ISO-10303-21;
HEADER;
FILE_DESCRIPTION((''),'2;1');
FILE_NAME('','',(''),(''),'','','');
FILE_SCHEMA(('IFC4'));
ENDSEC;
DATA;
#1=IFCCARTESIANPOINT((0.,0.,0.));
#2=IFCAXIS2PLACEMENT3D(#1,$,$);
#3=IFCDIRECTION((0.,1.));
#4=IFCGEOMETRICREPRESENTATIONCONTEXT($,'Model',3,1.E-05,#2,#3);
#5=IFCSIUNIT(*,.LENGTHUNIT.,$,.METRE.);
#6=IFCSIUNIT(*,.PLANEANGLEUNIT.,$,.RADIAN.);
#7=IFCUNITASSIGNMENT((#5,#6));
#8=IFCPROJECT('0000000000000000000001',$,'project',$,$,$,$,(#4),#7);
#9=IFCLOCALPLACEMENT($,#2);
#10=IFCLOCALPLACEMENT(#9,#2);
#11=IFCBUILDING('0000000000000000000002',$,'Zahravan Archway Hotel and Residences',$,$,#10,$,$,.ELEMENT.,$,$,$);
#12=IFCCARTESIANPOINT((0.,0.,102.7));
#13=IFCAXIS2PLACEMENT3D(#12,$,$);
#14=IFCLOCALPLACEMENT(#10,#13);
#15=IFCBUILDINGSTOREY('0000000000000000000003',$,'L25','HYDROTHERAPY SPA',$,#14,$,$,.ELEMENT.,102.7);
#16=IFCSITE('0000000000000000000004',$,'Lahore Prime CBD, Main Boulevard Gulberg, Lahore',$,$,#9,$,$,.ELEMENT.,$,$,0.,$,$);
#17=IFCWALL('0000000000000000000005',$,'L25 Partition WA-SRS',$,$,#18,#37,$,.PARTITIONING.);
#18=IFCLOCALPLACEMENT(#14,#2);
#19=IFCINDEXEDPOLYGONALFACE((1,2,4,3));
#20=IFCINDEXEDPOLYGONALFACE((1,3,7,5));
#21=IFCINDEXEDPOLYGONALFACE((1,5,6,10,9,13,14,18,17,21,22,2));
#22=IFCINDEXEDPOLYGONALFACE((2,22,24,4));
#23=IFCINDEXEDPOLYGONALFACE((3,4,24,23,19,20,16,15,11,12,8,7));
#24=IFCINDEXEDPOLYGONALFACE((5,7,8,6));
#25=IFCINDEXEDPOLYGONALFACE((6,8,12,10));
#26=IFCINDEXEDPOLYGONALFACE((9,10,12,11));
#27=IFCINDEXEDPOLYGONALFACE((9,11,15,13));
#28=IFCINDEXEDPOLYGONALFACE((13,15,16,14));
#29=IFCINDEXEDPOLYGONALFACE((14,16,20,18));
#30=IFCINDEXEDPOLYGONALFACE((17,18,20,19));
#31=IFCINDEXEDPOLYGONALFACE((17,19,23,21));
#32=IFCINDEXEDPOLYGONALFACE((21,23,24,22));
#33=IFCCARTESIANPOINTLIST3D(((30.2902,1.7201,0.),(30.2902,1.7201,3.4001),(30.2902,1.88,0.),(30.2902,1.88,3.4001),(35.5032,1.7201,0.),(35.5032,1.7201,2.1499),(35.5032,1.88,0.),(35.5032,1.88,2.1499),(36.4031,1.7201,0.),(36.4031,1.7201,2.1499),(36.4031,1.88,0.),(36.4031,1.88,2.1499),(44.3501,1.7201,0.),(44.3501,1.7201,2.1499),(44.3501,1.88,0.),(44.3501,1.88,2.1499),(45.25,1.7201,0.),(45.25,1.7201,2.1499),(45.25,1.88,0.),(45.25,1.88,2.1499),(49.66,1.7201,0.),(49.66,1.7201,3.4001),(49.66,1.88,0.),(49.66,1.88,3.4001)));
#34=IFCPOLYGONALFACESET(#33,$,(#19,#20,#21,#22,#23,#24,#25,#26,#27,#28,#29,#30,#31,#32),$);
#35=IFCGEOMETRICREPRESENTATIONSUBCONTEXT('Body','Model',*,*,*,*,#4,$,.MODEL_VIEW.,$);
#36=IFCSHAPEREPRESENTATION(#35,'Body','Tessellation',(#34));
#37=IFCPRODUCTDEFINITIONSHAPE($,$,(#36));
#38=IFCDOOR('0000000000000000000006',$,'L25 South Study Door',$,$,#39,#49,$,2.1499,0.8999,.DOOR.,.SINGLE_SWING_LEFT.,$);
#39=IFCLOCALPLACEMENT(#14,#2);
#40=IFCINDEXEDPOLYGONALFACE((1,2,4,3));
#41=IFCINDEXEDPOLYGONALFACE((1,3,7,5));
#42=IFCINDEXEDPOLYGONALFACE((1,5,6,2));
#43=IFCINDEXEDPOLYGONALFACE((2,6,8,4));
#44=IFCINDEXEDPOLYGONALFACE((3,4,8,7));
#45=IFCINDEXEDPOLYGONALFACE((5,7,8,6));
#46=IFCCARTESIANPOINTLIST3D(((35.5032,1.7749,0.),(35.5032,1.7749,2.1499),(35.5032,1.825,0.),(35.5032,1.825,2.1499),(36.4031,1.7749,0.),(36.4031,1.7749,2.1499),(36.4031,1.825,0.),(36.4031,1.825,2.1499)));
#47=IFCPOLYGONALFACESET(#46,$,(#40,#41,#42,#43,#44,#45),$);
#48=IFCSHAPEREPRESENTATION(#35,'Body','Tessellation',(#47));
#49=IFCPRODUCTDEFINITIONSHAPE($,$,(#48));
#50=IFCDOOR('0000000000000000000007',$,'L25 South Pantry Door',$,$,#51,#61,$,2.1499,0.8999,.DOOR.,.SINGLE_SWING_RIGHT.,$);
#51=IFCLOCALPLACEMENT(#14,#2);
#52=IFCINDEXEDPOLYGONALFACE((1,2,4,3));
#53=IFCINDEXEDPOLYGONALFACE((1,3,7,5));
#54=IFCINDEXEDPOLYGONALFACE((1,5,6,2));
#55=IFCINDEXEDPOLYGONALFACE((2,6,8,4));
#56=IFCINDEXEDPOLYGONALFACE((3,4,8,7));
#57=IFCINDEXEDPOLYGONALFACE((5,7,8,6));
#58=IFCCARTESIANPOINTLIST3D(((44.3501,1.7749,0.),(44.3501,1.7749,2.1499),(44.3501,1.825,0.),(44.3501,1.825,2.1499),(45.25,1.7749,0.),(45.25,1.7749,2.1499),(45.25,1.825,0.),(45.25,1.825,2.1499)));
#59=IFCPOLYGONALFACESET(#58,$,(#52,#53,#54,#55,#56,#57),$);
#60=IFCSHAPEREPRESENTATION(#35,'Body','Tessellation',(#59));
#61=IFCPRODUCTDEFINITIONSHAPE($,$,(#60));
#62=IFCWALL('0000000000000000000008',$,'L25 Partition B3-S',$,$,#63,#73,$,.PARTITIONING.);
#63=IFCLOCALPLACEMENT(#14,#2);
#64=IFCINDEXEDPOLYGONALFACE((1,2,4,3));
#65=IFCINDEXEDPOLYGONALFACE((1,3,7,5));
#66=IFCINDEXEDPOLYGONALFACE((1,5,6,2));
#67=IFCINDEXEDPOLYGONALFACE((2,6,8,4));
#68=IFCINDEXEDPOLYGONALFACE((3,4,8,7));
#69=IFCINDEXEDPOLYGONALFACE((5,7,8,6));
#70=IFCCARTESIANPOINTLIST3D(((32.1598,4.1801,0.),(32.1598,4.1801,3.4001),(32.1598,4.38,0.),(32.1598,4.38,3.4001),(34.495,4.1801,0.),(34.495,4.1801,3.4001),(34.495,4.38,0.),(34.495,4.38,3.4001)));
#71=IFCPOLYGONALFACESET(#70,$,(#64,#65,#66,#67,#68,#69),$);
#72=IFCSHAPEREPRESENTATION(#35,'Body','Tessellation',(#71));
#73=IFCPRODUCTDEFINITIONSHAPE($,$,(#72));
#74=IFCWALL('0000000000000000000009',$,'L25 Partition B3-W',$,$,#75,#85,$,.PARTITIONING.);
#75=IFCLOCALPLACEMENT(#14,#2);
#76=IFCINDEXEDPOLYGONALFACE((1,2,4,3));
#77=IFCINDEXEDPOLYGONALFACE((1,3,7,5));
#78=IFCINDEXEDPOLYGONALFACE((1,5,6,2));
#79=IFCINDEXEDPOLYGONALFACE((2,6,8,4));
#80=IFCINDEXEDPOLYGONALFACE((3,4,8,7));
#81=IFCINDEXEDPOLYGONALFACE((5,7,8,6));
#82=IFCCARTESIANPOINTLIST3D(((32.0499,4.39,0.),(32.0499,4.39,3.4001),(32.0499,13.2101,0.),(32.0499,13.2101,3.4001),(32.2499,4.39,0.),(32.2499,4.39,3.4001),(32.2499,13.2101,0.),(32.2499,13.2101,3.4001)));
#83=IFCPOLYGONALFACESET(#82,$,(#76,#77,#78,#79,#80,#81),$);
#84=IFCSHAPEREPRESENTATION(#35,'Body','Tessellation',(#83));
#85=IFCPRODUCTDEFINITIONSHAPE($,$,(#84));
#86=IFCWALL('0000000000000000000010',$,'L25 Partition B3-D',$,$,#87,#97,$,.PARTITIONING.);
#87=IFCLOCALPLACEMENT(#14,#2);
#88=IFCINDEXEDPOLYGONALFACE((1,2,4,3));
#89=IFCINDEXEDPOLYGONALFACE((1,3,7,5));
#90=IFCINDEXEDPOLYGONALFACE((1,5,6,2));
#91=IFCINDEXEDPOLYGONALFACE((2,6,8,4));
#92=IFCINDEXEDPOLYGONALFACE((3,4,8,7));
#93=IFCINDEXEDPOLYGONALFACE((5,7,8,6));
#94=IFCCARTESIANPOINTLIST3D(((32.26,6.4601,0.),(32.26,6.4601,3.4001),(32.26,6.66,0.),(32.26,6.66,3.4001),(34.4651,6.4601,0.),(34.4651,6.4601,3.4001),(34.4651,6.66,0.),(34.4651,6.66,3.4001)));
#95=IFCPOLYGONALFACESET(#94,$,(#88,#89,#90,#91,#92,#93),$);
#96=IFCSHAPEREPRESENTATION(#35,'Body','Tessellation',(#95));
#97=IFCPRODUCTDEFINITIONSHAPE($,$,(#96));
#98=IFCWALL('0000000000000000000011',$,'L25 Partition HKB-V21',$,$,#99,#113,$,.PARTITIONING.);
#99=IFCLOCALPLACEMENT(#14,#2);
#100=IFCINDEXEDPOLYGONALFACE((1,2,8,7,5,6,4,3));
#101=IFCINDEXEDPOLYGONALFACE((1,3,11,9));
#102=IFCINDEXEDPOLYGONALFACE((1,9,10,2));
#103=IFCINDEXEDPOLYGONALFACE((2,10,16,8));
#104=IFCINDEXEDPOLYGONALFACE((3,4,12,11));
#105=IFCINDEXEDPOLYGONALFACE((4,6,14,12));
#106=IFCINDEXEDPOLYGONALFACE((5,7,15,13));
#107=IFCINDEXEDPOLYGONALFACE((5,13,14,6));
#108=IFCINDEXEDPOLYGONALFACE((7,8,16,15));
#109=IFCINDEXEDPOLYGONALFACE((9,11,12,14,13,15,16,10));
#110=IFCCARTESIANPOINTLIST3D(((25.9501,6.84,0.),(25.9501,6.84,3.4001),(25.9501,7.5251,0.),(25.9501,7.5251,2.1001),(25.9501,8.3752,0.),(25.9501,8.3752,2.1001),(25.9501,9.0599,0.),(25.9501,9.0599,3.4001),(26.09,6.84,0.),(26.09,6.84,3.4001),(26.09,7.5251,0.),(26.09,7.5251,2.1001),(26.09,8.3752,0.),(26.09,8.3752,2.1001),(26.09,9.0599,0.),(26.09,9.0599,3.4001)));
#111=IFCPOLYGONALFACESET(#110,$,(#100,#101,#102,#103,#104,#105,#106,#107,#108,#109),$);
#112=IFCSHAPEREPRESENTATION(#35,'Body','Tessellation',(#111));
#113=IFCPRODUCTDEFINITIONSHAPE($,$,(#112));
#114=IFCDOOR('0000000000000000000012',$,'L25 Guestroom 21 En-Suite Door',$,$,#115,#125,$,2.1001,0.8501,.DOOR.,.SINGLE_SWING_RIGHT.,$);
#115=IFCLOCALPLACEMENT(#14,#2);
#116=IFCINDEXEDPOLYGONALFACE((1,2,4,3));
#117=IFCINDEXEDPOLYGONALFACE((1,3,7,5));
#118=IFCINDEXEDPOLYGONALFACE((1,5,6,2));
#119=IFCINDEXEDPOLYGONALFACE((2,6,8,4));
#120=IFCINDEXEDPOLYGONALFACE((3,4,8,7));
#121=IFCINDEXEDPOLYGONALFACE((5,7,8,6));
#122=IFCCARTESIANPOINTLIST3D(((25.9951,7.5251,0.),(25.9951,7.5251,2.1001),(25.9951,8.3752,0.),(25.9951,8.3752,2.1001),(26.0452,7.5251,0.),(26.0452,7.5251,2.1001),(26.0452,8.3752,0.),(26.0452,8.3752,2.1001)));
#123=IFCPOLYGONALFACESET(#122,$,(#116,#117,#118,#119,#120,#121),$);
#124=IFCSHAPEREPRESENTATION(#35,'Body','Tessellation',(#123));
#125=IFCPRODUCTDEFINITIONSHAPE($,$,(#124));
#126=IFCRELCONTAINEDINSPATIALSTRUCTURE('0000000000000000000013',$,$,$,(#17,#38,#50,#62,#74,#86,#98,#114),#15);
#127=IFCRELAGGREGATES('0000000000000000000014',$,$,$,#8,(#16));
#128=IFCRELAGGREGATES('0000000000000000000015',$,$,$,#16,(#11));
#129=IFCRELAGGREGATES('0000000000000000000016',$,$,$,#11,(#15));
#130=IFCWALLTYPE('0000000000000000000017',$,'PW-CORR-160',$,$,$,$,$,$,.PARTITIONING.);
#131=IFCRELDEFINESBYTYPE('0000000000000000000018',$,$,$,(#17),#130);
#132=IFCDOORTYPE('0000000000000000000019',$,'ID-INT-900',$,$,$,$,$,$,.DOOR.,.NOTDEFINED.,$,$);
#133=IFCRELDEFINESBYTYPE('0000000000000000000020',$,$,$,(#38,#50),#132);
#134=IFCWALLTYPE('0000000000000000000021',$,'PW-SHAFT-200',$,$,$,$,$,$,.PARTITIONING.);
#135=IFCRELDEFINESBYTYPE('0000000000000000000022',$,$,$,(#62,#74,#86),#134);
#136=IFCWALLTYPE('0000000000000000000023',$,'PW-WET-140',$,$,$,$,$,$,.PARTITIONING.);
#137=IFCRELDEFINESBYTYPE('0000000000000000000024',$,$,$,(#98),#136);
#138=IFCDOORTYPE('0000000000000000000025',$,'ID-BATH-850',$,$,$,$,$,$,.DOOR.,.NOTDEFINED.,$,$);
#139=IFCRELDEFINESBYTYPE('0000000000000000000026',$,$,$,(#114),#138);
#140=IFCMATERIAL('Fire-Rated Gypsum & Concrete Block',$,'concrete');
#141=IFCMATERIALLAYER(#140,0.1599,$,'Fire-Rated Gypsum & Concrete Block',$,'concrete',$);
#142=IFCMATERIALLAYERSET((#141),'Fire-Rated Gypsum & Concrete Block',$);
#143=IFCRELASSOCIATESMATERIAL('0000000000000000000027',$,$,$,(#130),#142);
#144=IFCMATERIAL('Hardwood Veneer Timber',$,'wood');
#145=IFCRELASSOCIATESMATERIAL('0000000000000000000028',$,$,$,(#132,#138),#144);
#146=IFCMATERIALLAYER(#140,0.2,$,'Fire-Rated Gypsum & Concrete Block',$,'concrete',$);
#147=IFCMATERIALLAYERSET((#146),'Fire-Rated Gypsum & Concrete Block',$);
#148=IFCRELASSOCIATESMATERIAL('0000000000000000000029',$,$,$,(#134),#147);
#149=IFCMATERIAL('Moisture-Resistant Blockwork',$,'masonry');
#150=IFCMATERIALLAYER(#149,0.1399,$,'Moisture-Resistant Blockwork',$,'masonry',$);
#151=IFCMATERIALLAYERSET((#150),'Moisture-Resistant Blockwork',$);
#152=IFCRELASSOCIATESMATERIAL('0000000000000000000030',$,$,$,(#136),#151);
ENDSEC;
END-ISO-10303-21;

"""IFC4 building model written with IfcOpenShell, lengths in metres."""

from ifc_helpers import new_model, si_unit, direction, frame, frame_2d, origin, place, context, subcontext, project, spatial, rectangle, extrude, source, transform, mapped, material, layer, layer_set, type_object, type_shapes, element, fill, save


model = new_model("IFC4")

# Units and contexts
model_context = context("Model", 3, precision=1e-05, world=origin(), true_north=direction((0.0, 1.0)))
body_context = subcontext(model_context, "Body", "Model", "MODEL_VIEW")
ifc_project = project(units=[si_unit("LENGTHUNIT", "METRE"), si_unit("PLANEANGLEUNIT", "RADIAN")], contexts=[model_context])

# Site, building, storey
site_placement = place(None, origin())
site = spatial("IfcSite", under=ifc_project, at=site_placement, Name="Lahore Prime CBD, Main Boulevard Gulberg, Lahore", CompositionType="ELEMENT", RefElevation=0.0)
building_placement = place(site_placement, origin())
building = spatial("IfcBuilding", under=site, at=building_placement, Name="Zahravan Archway Hotel and Residences", CompositionType="ELEMENT")
storey_placement = place(building_placement, frame((0.0, 0.0, 102.7)))
storey = spatial("IfcBuildingStorey", under=building, at=storey_placement, Name="L25", Description="HYDROTHERAPY SPA", CompositionType="ELEMENT", Elevation=102.7)

# Shared definitions
ifc_material_1 = material(Name="Fire-Rated Gypsum & Concrete Block", Category="concrete")
ifc_layer_1 = layer(ifc_material_1, 0.1599, Name="Fire-Rated Gypsum & Concrete Block", Category="concrete")
ifc_layer_set_1 = layer_set([ifc_layer_1], Name="Fire-Rated Gypsum & Concrete Block")
wall_type_1 = type_object("IfcWallType", Name="PW-CORR-160", PredefinedType="PARTITIONING", material=ifc_layer_set_1)

# Wall, openings, doors
wall_1_placement = place(storey_placement, frame((30.29, 1.8, 0.0), z_axis=(0.0, 0.0, 1.0), x_axis=(1.0, 0.0, 0.0)))
wall_1 = element("IfcWall", 1, at=wall_1_placement, inside=storey, type_object=wall_type_1, Name="L25 Partition WA-SRS", PredefinedType="PARTITIONING", context=body_context, shape_type="SweptSolid", body=[
    extrude(rectangle(XDim=19.3699, YDim=0.1599, at=frame_2d((9.6851, 0.0))), origin(), (0.0, 0.0, 1.0), 3.4001),
])
opening_1_placement = place(wall_1_placement, frame((5.2131, 0.0, 0.0)))
opening_1 = element("IfcOpeningElement", 2, at=opening_1_placement, cuts=wall_1, PredefinedType="OPENING", context=body_context, shape_type="SweptSolid", body=[
    extrude(rectangle(XDim=0.8999, YDim=2.1499, at=frame_2d((0.45, 1.075))), frame((0.0, 0.0898, 0.0), z_axis=(0.0, -1.0, 0.0), x_axis=(1.0, 0.0, 0.0)), (0.0, 0.0, 1.0), 0.1799),
])
opening_2_placement = place(wall_1_placement, frame((14.0601, 0.0, 0.0)))
opening_2 = element("IfcOpeningElement", 3, at=opening_2_placement, cuts=wall_1, PredefinedType="OPENING", context=body_context, shape_type="SweptSolid", body=[
    extrude(rectangle(XDim=0.8999, YDim=2.1499, at=frame_2d((0.45, 1.075))), frame((0.0, 0.0898, 0.0), z_axis=(0.0, -1.0, 0.0), x_axis=(1.0, 0.0, 0.0)), (0.0, 0.0, 1.0), 0.1799),
])
ifc_material_2 = material(Name="Hardwood Veneer Timber", Category="wood")
door_type_1 = type_object("IfcDoorType", Name="ID-INT-900", OperationType="NOTDEFINED", PredefinedType="DOOR", material=ifc_material_2)
shared_shape_1 = source(origin(), body_context, "Body", "SweptSolid", [
    extrude(rectangle(XDim=0.8999, YDim=2.1499, at=frame_2d((0.45, 1.075))), frame((0.0, 0.0249, 0.0), z_axis=(0.0, -1.0, 0.0), x_axis=(1.0, 0.0, 0.0)), (0.0, 0.0, 1.0), 0.05),
])
type_shapes(door_type_1, [shared_shape_1])
door_1_placement = place(opening_1_placement, origin())
door_1 = element("IfcDoor", 4, at=door_1_placement, inside=storey, type_object=door_type_1, Name="L25 South Study Door", OperationType="SINGLE_SWING_LEFT", OverallHeight=2.1499, OverallWidth=0.8999, PredefinedType="DOOR", context=body_context, shape_type="MappedRepresentation", body=[
    mapped(shared_shape_1, transform((0.0, 0.0, 0.0), scale=1.0)),
])
fill(opening_1, door_1)
door_2_placement = place(opening_2_placement, origin())
door_2 = element("IfcDoor", 5, at=door_2_placement, inside=storey, type_object=door_type_1, Name="L25 South Pantry Door", OperationType="SINGLE_SWING_RIGHT", OverallHeight=2.1499, OverallWidth=0.8999, PredefinedType="DOOR", context=body_context, shape_type="MappedRepresentation", body=[
    mapped(shared_shape_1, transform((0.0, 0.0, 0.0), scale=1.0)),
])
fill(opening_2, door_2)

# Walls
ifc_layer_2 = layer(ifc_material_1, 0.2, Name="Fire-Rated Gypsum & Concrete Block", Category="concrete")
ifc_layer_set_2 = layer_set([ifc_layer_2], Name="Fire-Rated Gypsum & Concrete Block")
wall_type_2 = type_object("IfcWallType", Name="PW-SHAFT-200", PredefinedType="PARTITIONING", material=ifc_layer_set_2)
wall_2_placement = place(storey_placement, frame((32.1599, 4.28, 0.0), z_axis=(0.0, 0.0, 1.0), x_axis=(1.0, 0.0, 0.0)))
element("IfcWall", 6, at=wall_2_placement, inside=storey, type_object=wall_type_2, Name="L25 Partition B3-S", PredefinedType="PARTITIONING", context=body_context, shape_type="SweptSolid", body=[
    extrude(rectangle(XDim=2.3352, YDim=0.2, at=frame_2d((1.1675, 0.0))), origin(), (0.0, 0.0, 1.0), 3.4001),
])
wall_3_placement = place(storey_placement, frame((32.1499, 4.3899, 0.0), z_axis=(0.0, 0.0, 1.0), x_axis=(0.0, 1.0, 0.0)))
element("IfcWall", 7, at=wall_3_placement, inside=storey, type_object=wall_type_2, Name="L25 Partition B3-W", PredefinedType="PARTITIONING", context=body_context, shape_type="SweptSolid", body=[
    extrude(rectangle(XDim=8.8201, YDim=0.2, at=frame_2d((4.4102, 0.0))), origin(), (0.0, 0.0, 1.0), 3.4001),
])
wall_4_placement = place(storey_placement, frame((32.26, 6.5601, 0.0), z_axis=(0.0, 0.0, 1.0), x_axis=(1.0, 0.0, 0.0)))
element("IfcWall", 8, at=wall_4_placement, inside=storey, type_object=wall_type_2, Name="L25 Partition B3-D", PredefinedType="PARTITIONING", context=body_context, shape_type="SweptSolid", body=[
    extrude(rectangle(XDim=2.2051, YDim=0.2, at=frame_2d((1.1025, 0.0))), origin(), (0.0, 0.0, 1.0), 3.4001),
])

# Wall, opening, door
ifc_material_3 = material(Name="Moisture-Resistant Blockwork", Category="masonry")
ifc_layer_3 = layer(ifc_material_3, 0.1399, Name="Moisture-Resistant Blockwork", Category="masonry")
ifc_layer_set_3 = layer_set([ifc_layer_3], Name="Moisture-Resistant Blockwork")
wall_type_3 = type_object("IfcWallType", Name="PW-WET-140", PredefinedType="PARTITIONING", material=ifc_layer_set_3)
wall_5_placement = place(storey_placement, frame((26.02, 6.8401, 0.0), z_axis=(0.0, 0.0, 1.0), x_axis=(0.0, 1.0, 0.0)))
wall_5 = element("IfcWall", 9, at=wall_5_placement, inside=storey, type_object=wall_type_3, Name="L25 Partition HKB-V21", PredefinedType="PARTITIONING", context=body_context, shape_type="SweptSolid", body=[
    extrude(rectangle(XDim=2.22, YDim=0.1399, at=frame_2d((1.1099, 0.0))), origin(), (0.0, 0.0, 1.0), 3.4001),
])
opening_3_placement = place(wall_5_placement, frame((0.6851, 0.0, 0.0)))
opening_3 = element("IfcOpeningElement", 10, at=opening_3_placement, cuts=wall_5, PredefinedType="OPENING", context=body_context, shape_type="SweptSolid", body=[
    extrude(rectangle(XDim=0.8501, YDim=2.1001, at=frame_2d((0.425, 1.05))), frame((0.0, 0.0801, 0.0), z_axis=(0.0, -1.0, 0.0), x_axis=(1.0, 0.0, 0.0)), (0.0, 0.0, 1.0), 0.1599),
])
door_type_2 = type_object("IfcDoorType", Name="ID-BATH-850", OperationType="NOTDEFINED", PredefinedType="DOOR", material=ifc_material_2)
shared_shape_2 = source(origin(), body_context, "Body", "SweptSolid", [
    extrude(rectangle(XDim=0.8501, YDim=2.1001, at=frame_2d((0.425, 1.05))), frame((0.0, 0.0249, 0.0), z_axis=(0.0, -1.0, 0.0), x_axis=(1.0, 0.0, 0.0)), (0.0, 0.0, 1.0), 0.05),
])
type_shapes(door_type_2, [shared_shape_2])
door_3_placement = place(opening_3_placement, origin())
door_3 = element("IfcDoor", 11, at=door_3_placement, inside=storey, type_object=door_type_2, Name="L25 Guestroom 21 En-Suite Door", OperationType="SINGLE_SWING_RIGHT", OverallHeight=2.1001, OverallWidth=0.8501, PredefinedType="DOOR", context=body_context, shape_type="MappedRepresentation", body=[
    mapped(shared_shape_2, transform((0.0, 0.0, 0.0), scale=1.0)),
])
fill(opening_3, door_3)

save(model, "model.ifc")
